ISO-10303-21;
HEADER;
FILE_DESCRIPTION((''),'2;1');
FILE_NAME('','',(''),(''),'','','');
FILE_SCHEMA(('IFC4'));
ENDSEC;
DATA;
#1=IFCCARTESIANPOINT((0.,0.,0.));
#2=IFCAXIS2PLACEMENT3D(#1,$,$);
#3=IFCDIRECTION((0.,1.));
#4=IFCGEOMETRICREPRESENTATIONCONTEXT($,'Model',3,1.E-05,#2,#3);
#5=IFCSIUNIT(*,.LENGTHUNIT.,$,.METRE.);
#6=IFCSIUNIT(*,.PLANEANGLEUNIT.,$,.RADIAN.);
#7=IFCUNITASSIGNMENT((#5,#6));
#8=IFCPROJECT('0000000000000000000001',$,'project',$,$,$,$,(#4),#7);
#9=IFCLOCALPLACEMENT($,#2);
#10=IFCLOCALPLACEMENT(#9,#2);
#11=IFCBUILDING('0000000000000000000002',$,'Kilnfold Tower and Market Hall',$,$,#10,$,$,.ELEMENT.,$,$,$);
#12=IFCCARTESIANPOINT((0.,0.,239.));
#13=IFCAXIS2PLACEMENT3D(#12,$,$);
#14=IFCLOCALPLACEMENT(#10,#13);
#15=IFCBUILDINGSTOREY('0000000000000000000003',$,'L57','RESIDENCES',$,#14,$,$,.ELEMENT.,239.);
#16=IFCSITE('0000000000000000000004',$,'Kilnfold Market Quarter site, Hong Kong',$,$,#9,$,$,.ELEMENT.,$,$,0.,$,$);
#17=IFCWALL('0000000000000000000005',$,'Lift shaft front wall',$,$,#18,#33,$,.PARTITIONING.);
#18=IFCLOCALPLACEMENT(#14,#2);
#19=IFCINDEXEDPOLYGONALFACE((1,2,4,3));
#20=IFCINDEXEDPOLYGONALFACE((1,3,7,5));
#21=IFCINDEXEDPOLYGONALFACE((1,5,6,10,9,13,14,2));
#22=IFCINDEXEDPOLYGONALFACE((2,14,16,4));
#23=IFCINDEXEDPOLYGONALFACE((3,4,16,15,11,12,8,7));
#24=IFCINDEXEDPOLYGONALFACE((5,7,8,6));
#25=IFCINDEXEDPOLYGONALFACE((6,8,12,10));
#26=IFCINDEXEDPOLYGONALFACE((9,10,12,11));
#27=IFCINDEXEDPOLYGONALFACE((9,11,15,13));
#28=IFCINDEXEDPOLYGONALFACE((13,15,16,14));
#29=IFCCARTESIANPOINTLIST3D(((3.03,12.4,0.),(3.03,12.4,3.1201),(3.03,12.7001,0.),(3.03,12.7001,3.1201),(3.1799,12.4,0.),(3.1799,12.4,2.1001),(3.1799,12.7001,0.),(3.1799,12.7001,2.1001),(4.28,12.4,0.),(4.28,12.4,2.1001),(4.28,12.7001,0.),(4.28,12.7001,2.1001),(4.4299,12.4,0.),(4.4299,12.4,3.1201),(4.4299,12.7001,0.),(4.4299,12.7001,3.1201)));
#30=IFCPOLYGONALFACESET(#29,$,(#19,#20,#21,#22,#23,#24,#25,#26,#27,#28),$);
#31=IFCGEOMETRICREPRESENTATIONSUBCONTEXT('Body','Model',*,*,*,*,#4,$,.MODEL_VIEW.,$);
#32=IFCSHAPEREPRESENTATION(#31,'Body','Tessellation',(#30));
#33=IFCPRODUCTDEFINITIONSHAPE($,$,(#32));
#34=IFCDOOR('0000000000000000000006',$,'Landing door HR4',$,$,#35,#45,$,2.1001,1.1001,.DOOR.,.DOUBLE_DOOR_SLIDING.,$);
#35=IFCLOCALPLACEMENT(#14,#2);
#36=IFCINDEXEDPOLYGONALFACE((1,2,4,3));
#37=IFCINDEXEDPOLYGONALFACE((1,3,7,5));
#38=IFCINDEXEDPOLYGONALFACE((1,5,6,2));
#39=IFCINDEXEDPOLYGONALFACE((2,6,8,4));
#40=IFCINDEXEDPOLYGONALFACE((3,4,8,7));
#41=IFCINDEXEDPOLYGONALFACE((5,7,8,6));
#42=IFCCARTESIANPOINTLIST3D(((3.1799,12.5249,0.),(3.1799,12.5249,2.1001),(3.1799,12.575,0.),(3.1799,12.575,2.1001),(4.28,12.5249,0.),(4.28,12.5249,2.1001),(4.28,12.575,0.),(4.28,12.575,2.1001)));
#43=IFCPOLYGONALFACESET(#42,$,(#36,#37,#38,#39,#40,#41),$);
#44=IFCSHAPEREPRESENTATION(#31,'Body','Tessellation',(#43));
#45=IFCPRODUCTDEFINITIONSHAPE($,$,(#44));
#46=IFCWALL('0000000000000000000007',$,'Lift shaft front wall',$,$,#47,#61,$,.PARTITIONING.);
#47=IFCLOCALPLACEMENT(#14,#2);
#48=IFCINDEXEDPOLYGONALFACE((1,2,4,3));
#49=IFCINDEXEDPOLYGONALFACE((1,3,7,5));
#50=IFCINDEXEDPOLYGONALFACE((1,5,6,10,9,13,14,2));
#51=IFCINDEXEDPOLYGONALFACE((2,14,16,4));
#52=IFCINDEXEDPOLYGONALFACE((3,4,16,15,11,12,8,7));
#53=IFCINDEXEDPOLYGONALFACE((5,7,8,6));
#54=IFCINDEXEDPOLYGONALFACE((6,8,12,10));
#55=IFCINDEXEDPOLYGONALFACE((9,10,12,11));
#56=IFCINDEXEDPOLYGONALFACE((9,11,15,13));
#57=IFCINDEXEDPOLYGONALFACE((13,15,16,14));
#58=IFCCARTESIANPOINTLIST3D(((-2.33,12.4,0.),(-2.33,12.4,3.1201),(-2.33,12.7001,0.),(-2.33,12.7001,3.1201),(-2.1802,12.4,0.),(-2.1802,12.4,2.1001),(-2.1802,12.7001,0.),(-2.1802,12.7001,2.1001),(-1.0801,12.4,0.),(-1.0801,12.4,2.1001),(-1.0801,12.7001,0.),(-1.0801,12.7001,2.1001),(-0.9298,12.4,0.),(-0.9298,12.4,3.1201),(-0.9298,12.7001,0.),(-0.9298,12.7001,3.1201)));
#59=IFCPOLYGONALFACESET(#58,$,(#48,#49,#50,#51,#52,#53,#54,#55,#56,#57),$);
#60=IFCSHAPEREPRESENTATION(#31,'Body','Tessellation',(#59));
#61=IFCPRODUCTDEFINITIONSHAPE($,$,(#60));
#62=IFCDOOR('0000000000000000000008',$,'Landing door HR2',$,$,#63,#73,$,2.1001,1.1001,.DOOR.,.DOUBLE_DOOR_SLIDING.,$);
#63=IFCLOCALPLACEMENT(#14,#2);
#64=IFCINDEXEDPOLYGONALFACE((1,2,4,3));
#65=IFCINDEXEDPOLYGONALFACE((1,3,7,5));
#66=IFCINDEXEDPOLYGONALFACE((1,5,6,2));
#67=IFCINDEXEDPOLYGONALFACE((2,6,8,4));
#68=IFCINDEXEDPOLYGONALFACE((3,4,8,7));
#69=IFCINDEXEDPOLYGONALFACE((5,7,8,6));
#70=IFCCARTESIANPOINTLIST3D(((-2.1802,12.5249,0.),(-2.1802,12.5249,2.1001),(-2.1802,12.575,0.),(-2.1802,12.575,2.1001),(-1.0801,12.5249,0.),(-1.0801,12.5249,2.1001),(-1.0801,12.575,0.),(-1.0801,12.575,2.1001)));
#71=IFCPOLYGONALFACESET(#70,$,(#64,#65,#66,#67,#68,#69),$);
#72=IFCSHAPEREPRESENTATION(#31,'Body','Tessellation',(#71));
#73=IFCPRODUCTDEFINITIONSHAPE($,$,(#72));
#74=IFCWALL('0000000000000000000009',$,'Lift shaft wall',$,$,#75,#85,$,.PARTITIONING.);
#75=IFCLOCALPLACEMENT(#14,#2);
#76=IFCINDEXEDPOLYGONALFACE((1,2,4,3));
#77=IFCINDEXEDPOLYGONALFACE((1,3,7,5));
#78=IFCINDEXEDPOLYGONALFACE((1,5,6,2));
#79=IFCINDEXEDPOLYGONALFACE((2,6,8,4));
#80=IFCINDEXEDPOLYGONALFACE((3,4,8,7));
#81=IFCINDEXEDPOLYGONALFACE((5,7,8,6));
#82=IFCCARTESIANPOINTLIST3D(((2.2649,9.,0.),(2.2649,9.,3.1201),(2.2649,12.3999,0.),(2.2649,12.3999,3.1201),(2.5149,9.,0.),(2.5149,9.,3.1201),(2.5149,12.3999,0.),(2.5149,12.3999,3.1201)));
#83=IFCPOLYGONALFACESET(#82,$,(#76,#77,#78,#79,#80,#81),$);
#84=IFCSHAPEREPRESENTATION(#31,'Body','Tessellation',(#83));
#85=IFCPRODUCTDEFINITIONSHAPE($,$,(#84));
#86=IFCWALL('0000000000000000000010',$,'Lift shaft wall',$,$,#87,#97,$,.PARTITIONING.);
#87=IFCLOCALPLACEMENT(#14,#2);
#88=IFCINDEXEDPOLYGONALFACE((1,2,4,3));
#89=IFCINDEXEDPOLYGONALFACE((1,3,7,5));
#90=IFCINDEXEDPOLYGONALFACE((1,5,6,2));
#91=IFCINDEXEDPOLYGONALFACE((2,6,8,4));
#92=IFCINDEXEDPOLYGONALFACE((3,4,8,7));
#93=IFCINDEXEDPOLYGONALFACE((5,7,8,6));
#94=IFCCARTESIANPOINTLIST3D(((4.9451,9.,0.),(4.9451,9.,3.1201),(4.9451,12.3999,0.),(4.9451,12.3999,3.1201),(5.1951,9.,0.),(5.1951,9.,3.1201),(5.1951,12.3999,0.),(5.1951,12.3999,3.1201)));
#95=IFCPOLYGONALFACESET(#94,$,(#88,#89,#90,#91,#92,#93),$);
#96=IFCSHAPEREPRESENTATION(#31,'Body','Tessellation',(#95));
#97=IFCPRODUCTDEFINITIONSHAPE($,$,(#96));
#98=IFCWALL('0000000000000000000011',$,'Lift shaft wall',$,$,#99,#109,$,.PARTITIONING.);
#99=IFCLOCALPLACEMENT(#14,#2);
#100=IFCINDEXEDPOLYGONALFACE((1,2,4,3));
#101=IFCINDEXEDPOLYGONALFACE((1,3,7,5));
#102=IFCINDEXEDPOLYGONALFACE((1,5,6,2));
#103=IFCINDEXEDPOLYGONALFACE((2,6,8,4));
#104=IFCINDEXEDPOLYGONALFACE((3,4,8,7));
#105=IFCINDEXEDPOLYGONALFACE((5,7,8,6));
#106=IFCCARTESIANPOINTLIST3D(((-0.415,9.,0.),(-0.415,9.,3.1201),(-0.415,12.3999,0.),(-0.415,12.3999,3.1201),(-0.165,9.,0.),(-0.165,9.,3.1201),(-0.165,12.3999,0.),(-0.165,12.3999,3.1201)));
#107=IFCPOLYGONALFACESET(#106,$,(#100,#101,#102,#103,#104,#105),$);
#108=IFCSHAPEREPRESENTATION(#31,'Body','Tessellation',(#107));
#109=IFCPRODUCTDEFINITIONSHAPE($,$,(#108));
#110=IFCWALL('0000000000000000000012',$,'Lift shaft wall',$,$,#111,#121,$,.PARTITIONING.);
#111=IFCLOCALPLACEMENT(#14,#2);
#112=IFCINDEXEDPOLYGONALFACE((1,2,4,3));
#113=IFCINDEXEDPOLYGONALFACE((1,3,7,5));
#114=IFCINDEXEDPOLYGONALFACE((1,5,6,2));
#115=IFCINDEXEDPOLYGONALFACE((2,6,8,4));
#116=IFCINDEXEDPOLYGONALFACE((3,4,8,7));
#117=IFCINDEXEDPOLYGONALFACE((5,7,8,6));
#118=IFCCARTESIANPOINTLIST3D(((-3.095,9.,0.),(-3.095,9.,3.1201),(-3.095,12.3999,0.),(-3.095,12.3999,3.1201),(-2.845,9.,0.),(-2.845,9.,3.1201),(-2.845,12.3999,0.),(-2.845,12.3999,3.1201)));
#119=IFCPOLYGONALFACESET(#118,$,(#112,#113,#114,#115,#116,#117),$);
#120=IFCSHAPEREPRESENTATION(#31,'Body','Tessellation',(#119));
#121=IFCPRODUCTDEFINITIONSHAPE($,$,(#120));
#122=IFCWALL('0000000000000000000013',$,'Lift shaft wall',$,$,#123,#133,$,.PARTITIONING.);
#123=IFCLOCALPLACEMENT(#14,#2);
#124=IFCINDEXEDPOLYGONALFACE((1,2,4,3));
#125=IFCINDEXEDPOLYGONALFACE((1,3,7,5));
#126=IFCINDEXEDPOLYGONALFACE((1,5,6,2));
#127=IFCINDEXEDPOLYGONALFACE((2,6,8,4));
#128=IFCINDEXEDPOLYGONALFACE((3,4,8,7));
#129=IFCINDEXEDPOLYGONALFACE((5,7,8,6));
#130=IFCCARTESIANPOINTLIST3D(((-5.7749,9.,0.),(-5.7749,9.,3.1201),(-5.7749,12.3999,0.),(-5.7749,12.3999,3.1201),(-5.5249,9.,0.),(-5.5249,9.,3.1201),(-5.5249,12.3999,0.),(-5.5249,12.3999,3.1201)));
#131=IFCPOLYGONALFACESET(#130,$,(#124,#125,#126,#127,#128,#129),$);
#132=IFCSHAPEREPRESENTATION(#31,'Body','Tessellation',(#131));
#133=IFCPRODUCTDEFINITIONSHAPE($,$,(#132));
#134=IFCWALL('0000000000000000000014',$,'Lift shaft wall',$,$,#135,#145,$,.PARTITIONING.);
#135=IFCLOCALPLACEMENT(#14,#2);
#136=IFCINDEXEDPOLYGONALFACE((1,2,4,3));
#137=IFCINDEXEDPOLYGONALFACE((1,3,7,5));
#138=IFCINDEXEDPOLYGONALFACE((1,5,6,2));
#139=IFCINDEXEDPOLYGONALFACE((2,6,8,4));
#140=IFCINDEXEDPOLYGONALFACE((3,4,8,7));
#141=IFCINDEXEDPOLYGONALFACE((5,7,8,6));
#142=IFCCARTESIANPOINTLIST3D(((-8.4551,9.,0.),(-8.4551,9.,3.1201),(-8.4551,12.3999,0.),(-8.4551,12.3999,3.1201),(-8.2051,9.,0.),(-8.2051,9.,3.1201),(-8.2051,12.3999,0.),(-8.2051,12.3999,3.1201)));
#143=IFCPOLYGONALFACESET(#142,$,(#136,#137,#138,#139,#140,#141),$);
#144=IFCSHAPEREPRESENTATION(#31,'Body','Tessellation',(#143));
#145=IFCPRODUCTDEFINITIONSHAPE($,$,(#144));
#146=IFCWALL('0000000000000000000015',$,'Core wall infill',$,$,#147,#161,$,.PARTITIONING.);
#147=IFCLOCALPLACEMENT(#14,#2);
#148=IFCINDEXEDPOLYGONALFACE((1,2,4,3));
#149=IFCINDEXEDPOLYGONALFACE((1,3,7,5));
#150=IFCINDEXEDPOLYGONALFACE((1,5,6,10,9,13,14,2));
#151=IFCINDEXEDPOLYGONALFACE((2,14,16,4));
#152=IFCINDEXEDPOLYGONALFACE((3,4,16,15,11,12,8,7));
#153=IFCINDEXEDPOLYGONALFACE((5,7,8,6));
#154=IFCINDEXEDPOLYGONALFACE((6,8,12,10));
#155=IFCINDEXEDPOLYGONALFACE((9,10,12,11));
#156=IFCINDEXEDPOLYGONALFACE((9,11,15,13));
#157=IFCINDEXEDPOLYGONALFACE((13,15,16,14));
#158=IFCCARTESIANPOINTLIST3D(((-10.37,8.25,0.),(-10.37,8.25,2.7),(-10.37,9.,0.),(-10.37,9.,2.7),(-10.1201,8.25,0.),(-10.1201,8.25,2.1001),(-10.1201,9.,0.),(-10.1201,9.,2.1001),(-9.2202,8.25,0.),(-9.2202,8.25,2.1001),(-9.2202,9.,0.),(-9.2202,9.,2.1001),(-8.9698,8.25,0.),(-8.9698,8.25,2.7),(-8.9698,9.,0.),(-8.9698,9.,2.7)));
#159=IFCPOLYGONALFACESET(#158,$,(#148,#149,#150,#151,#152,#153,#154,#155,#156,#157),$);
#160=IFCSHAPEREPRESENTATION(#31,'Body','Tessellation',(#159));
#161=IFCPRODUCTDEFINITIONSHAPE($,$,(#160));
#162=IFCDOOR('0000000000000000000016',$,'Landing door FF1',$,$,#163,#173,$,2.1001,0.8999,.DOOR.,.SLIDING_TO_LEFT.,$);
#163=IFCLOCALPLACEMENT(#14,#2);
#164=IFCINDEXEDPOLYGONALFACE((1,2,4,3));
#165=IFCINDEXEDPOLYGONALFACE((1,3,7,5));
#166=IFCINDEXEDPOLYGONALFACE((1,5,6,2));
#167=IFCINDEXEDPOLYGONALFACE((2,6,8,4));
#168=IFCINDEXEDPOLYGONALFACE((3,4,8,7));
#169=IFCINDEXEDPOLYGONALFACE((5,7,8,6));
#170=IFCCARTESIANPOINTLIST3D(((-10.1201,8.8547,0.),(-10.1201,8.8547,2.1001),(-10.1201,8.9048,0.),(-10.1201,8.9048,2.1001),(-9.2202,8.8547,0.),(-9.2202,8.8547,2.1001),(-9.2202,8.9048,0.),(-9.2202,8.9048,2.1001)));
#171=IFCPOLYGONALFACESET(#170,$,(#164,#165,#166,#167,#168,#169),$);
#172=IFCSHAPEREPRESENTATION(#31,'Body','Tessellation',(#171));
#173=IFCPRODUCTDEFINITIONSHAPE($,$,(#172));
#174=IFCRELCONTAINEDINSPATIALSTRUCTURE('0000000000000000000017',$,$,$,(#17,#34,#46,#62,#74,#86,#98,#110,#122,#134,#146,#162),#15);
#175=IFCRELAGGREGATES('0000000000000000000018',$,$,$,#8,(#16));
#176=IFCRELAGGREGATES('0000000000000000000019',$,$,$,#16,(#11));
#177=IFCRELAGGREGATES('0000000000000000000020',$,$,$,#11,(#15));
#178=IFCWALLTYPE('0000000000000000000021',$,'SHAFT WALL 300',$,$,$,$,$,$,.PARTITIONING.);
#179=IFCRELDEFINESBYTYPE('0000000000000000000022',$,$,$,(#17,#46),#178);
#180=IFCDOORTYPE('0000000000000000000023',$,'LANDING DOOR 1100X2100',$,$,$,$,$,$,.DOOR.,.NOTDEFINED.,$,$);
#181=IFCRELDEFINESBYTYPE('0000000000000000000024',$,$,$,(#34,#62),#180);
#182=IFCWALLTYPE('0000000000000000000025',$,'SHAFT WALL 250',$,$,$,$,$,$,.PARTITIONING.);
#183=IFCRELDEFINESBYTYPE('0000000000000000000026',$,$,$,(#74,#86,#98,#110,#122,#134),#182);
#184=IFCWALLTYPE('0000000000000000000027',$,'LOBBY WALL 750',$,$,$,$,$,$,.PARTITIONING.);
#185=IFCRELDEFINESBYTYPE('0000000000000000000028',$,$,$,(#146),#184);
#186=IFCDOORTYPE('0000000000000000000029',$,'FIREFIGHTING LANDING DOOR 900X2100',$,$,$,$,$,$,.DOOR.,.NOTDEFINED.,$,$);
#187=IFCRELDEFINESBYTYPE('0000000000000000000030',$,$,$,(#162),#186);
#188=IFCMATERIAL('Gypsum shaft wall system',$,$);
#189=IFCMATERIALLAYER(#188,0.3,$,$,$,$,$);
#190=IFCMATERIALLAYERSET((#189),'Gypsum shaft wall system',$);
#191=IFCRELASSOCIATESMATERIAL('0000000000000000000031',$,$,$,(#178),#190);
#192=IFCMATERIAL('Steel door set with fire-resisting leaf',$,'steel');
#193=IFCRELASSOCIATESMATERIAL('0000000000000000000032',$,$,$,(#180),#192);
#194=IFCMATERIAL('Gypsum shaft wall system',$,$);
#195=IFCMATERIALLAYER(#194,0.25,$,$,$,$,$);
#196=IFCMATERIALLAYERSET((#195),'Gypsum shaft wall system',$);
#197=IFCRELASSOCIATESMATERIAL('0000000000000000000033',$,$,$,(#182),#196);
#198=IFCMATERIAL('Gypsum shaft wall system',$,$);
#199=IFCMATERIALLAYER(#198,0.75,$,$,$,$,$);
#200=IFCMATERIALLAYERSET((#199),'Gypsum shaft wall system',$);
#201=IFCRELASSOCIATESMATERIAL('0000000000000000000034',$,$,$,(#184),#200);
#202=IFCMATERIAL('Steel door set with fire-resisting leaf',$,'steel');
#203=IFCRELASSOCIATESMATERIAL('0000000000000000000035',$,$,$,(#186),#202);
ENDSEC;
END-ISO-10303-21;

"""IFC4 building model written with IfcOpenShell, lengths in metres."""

from ifc_helpers import new_model, si_unit, direction, frame, frame_2d, origin, place, context, subcontext, project, spatial, rectangle, extrude, source, transform, mapped, material, layer, layer_set, type_object, element, fill, save


model = new_model("IFC4")

# Units and contexts
model_context = context("Model", 3, precision=1e-05, world=origin(), true_north=direction((0.0, 1.0)))
body_context = subcontext(model_context, "Body", "Model", "MODEL_VIEW")
ifc_project = project(units=[si_unit("LENGTHUNIT", "METRE"), si_unit("PLANEANGLEUNIT", "RADIAN")], contexts=[model_context])

# Site, building, storey
site_placement = place(None, origin())
site = spatial("IfcSite", under=ifc_project, at=site_placement, Name="Kilnfold Market Quarter site, Hong Kong", CompositionType="ELEMENT", RefElevation=0.0)
building_placement = place(site_placement, origin())
building = spatial("IfcBuilding", under=site, at=building_placement, Name="Kilnfold Tower and Market Hall", CompositionType="ELEMENT")
storey_placement = place(building_placement, frame((0.0, 0.0, 239.0)))
storey = spatial("IfcBuildingStorey", under=building, at=storey_placement, Name="L57", Description="RESIDENCES", CompositionType="ELEMENT", Elevation=239.0)

# Walls, openings, doors
ifc_material_1 = material(Name="Gypsum shaft wall system")
ifc_layer_1 = layer(ifc_material_1, 0.3)
ifc_layer_set_1 = layer_set([ifc_layer_1], Name="Gypsum shaft wall system")
wall_type_1 = type_object("IfcWallType", Name="SHAFT WALL 300", PredefinedType="PARTITIONING", material=ifc_layer_set_1)
shared_shape_1 = source(origin(), body_context, "Body", "SweptSolid", [
    extrude(rectangle(XDim=1.3999, YDim=0.3, at=frame_2d((0.7, 0.0))), origin(), (0.0, 0.0, 1.0), 3.1201),
])
ifc_material_2 = material(Name="Steel door set with fire-resisting leaf", Category="steel")
door_type_1 = type_object("IfcDoorType", Name="LANDING DOOR 1100X2100", OperationType="NOTDEFINED", PredefinedType="DOOR", material=ifc_material_2)
wall_1_placement = place(storey_placement, frame((3.03, 12.55, 0.0), z_axis=(0.0, 0.0, 1.0), x_axis=(1.0, 0.0, 0.0)))
wall_1 = element("IfcWall", 1, at=wall_1_placement, inside=storey, type_object=wall_type_1, Name="Lift shaft front wall", PredefinedType="PARTITIONING", context=body_context, shape_type="MappedRepresentation", body=[
    mapped(shared_shape_1, transform((0.0, 0.0, 0.0))),
])
opening_1_placement = place(wall_1_placement, frame((0.1499, 0.0, 0.0)))
opening_1 = element("IfcOpeningElement", 2, at=opening_1_placement, cuts=wall_1, PredefinedType="OPENING", context=body_context, shape_type="SweptSolid", body=[
    extrude(rectangle(XDim=1.1001, YDim=2.1001, at=frame_2d((0.55, 1.05))), frame((0.0, 0.1602, 0.0), z_axis=(0.0, -1.0, 0.0), x_axis=(1.0, 0.0, 0.0)), (0.0, 0.0, 1.0), 0.3201),
])
door_1_placement = place(opening_1_placement, origin())
door_1 = element("IfcDoor", 3, at=door_1_placement, inside=storey, type_object=door_type_1, Name="Landing door HR4", OperationType="DOUBLE_DOOR_SLIDING", OverallHeight=2.1001, OverallWidth=1.1001, PredefinedType="DOOR", context=body_context, shape_type="SweptSolid", body=[
    extrude(rectangle(XDim=1.1001, YDim=2.1001, at=frame_2d((0.55, 1.05))), frame((0.0, 0.0249, 0.0), z_axis=(0.0, -1.0, 0.0), x_axis=(1.0, 0.0, 0.0)), (0.0, 0.0, 1.0), 0.05),
])
fill(opening_1, door_1)
shared_shape_2 = source(origin(), body_context, "Body", "SweptSolid", [
    extrude(rectangle(XDim=1.4001, YDim=0.3, at=frame_2d((0.7002, 0.0))), origin(), (0.0, 0.0, 1.0), 3.1201),
])
wall_2_placement = place(storey_placement, frame((-2.3301, 12.55, 0.0), z_axis=(0.0, 0.0, 1.0), x_axis=(1.0, 0.0, 0.0)))
wall_2 = element("IfcWall", 4, at=wall_2_placement, inside=storey, type_object=wall_type_1, Name="Lift shaft front wall", PredefinedType="PARTITIONING", context=body_context, shape_type="MappedRepresentation", body=[
    mapped(shared_shape_2, transform((0.0, 0.0, 0.0))),
])
opening_2_placement = place(wall_2_placement, frame((0.1499, 0.0, 0.0)))
opening_2 = element("IfcOpeningElement", 5, at=opening_2_placement, cuts=wall_2, PredefinedType="OPENING", context=body_context, shape_type="SweptSolid", body=[
    extrude(rectangle(XDim=1.1001, YDim=2.1001, at=frame_2d((0.55, 1.05))), frame((0.0, 0.1602, 0.0), z_axis=(0.0, -1.0, 0.0), x_axis=(1.0, 0.0, 0.0)), (0.0, 0.0, 1.0), 0.3201),
])
door_2_placement = place(opening_2_placement, origin())
door_2 = element("IfcDoor", 6, at=door_2_placement, inside=storey, type_object=door_type_1, Name="Landing door HR2", OperationType="DOUBLE_DOOR_SLIDING", OverallHeight=2.1001, OverallWidth=1.1001, PredefinedType="DOOR", context=body_context, shape_type="SweptSolid", body=[
    extrude(rectangle(XDim=1.1001, YDim=2.1001, at=frame_2d((0.55, 1.05))), frame((0.0, 0.0249, 0.0), z_axis=(0.0, -1.0, 0.0), x_axis=(1.0, 0.0, 0.0)), (0.0, 0.0, 1.0), 0.05),
])
fill(opening_2, door_2)

# Walls
ifc_material_3 = material(Name="Gypsum shaft wall system")
ifc_layer_2 = layer(ifc_material_3, 0.25)
ifc_layer_set_2 = layer_set([ifc_layer_2], Name="Gypsum shaft wall system")
wall_type_2 = type_object("IfcWallType", Name="SHAFT WALL 250", PredefinedType="PARTITIONING", material=ifc_layer_set_2)
shared_shape_3 = source(origin(), body_context, "Body", "SweptSolid", [
    extrude(rectangle(XDim=3.3999, YDim=0.25, at=frame_2d((1.7, 0.0))), origin(), (0.0, 0.0, 1.0), 3.1201),
])
for number, where, z_axis, x_axis, name in (
    (7, (2.3899, 9.0, 0.0), (0.0, 0.0, 1.0), (0.0, 1.0, 0.0), "Lift shaft wall"),
    (8, (5.0701, 9.0, 0.0), (0.0, 0.0, 1.0), (0.0, 1.0, 0.0), "Lift shaft wall"),
    (9, (-0.29, 9.0, 0.0), (0.0, 0.0, 1.0), (0.0, 1.0, 0.0), "Lift shaft wall"),
    (10, (-2.97, 9.0, 0.0), (0.0, 0.0, 1.0), (0.0, 1.0, 0.0), "Lift shaft wall"),
    (11, (-5.6499, 9.0, 0.0), (0.0, 0.0, 1.0), (0.0, 1.0, 0.0), "Lift shaft wall"),
    (12, (-8.3301, 9.0, 0.0), (0.0, 0.0, 1.0), (0.0, 1.0, 0.0), "Lift shaft wall"),
):
    element("IfcWall", number, at=place(storey_placement, frame(where, z_axis=z_axis, x_axis=x_axis)), inside=storey, type_object=wall_type_2, Name=name, PredefinedType="PARTITIONING", context=body_context, shape_type="MappedRepresentation", body=[
        mapped(shared_shape_3, transform((0.0, 0.0, 0.0))),
    ])

# Wall, opening, door
ifc_material_4 = material(Name="Gypsum shaft wall system")
ifc_layer_3 = layer(ifc_material_4, 0.75)
ifc_layer_set_3 = layer_set([ifc_layer_3], Name="Gypsum shaft wall system")
wall_type_3 = type_object("IfcWallType", Name="LOBBY WALL 750", PredefinedType="PARTITIONING", material=ifc_layer_set_3)
shared_shape_4 = source(origin(), body_context, "Body", "SweptSolid", [
    extrude(rectangle(XDim=1.4001, YDim=0.75, at=frame_2d((0.7002, 0.0))), origin(), (0.0, 0.0, 1.0), 2.7),
])
wall_3_placement = place(storey_placement, frame((-10.3701, 8.625, 0.0), z_axis=(0.0, 0.0, 1.0), x_axis=(1.0, 0.0, 0.0)))
wall_3 = element("IfcWall", 13, at=wall_3_placement, inside=storey, type_object=wall_type_3, Name="Core wall infill", PredefinedType="PARTITIONING", context=body_context, shape_type="MappedRepresentation", body=[
    mapped(shared_shape_4, transform((0.0, 0.0, 0.0))),
])
opening_3_placement = place(wall_3_placement, frame((0.25, 0.0, 0.0)))
opening_3 = element("IfcOpeningElement", 14, at=opening_3_placement, cuts=wall_3, PredefinedType="OPENING", context=body_context, shape_type="SweptSolid", body=[
    extrude(rectangle(XDim=0.8999, YDim=2.1001, at=frame_2d((0.45, 1.05))), frame((0.0, 0.385, 0.0), z_axis=(0.0, -1.0, 0.0), x_axis=(1.0, 0.0, 0.0)), (0.0, 0.0, 1.0), 0.77),
])
ifc_material_5 = material(Name="Steel door set with fire-resisting leaf", Category="steel")
door_type_2 = type_object("IfcDoorType", Name="FIREFIGHTING LANDING DOOR 900X2100", OperationType="NOTDEFINED", PredefinedType="DOOR", material=ifc_material_5)
door_3_placement = place(opening_3_placement, origin())
door_3 = element("IfcDoor", 15, at=door_3_placement, inside=storey, type_object=door_type_2, Name="Landing door FF1", OperationType="SLIDING_TO_LEFT", OverallHeight=2.1001, OverallWidth=0.8999, PredefinedType="DOOR", context=body_context, shape_type="SweptSolid", body=[
    extrude(rectangle(XDim=0.8999, YDim=2.1001, at=frame_2d((0.45, 1.05))), frame((0.0, 0.2798, 0.0), z_axis=(0.0, -1.0, 0.0), x_axis=(1.0, 0.0, 0.0)), (0.0, 0.0, 1.0), 0.05),
])
fill(opening_3, door_3)

save(model, "model.ifc")
